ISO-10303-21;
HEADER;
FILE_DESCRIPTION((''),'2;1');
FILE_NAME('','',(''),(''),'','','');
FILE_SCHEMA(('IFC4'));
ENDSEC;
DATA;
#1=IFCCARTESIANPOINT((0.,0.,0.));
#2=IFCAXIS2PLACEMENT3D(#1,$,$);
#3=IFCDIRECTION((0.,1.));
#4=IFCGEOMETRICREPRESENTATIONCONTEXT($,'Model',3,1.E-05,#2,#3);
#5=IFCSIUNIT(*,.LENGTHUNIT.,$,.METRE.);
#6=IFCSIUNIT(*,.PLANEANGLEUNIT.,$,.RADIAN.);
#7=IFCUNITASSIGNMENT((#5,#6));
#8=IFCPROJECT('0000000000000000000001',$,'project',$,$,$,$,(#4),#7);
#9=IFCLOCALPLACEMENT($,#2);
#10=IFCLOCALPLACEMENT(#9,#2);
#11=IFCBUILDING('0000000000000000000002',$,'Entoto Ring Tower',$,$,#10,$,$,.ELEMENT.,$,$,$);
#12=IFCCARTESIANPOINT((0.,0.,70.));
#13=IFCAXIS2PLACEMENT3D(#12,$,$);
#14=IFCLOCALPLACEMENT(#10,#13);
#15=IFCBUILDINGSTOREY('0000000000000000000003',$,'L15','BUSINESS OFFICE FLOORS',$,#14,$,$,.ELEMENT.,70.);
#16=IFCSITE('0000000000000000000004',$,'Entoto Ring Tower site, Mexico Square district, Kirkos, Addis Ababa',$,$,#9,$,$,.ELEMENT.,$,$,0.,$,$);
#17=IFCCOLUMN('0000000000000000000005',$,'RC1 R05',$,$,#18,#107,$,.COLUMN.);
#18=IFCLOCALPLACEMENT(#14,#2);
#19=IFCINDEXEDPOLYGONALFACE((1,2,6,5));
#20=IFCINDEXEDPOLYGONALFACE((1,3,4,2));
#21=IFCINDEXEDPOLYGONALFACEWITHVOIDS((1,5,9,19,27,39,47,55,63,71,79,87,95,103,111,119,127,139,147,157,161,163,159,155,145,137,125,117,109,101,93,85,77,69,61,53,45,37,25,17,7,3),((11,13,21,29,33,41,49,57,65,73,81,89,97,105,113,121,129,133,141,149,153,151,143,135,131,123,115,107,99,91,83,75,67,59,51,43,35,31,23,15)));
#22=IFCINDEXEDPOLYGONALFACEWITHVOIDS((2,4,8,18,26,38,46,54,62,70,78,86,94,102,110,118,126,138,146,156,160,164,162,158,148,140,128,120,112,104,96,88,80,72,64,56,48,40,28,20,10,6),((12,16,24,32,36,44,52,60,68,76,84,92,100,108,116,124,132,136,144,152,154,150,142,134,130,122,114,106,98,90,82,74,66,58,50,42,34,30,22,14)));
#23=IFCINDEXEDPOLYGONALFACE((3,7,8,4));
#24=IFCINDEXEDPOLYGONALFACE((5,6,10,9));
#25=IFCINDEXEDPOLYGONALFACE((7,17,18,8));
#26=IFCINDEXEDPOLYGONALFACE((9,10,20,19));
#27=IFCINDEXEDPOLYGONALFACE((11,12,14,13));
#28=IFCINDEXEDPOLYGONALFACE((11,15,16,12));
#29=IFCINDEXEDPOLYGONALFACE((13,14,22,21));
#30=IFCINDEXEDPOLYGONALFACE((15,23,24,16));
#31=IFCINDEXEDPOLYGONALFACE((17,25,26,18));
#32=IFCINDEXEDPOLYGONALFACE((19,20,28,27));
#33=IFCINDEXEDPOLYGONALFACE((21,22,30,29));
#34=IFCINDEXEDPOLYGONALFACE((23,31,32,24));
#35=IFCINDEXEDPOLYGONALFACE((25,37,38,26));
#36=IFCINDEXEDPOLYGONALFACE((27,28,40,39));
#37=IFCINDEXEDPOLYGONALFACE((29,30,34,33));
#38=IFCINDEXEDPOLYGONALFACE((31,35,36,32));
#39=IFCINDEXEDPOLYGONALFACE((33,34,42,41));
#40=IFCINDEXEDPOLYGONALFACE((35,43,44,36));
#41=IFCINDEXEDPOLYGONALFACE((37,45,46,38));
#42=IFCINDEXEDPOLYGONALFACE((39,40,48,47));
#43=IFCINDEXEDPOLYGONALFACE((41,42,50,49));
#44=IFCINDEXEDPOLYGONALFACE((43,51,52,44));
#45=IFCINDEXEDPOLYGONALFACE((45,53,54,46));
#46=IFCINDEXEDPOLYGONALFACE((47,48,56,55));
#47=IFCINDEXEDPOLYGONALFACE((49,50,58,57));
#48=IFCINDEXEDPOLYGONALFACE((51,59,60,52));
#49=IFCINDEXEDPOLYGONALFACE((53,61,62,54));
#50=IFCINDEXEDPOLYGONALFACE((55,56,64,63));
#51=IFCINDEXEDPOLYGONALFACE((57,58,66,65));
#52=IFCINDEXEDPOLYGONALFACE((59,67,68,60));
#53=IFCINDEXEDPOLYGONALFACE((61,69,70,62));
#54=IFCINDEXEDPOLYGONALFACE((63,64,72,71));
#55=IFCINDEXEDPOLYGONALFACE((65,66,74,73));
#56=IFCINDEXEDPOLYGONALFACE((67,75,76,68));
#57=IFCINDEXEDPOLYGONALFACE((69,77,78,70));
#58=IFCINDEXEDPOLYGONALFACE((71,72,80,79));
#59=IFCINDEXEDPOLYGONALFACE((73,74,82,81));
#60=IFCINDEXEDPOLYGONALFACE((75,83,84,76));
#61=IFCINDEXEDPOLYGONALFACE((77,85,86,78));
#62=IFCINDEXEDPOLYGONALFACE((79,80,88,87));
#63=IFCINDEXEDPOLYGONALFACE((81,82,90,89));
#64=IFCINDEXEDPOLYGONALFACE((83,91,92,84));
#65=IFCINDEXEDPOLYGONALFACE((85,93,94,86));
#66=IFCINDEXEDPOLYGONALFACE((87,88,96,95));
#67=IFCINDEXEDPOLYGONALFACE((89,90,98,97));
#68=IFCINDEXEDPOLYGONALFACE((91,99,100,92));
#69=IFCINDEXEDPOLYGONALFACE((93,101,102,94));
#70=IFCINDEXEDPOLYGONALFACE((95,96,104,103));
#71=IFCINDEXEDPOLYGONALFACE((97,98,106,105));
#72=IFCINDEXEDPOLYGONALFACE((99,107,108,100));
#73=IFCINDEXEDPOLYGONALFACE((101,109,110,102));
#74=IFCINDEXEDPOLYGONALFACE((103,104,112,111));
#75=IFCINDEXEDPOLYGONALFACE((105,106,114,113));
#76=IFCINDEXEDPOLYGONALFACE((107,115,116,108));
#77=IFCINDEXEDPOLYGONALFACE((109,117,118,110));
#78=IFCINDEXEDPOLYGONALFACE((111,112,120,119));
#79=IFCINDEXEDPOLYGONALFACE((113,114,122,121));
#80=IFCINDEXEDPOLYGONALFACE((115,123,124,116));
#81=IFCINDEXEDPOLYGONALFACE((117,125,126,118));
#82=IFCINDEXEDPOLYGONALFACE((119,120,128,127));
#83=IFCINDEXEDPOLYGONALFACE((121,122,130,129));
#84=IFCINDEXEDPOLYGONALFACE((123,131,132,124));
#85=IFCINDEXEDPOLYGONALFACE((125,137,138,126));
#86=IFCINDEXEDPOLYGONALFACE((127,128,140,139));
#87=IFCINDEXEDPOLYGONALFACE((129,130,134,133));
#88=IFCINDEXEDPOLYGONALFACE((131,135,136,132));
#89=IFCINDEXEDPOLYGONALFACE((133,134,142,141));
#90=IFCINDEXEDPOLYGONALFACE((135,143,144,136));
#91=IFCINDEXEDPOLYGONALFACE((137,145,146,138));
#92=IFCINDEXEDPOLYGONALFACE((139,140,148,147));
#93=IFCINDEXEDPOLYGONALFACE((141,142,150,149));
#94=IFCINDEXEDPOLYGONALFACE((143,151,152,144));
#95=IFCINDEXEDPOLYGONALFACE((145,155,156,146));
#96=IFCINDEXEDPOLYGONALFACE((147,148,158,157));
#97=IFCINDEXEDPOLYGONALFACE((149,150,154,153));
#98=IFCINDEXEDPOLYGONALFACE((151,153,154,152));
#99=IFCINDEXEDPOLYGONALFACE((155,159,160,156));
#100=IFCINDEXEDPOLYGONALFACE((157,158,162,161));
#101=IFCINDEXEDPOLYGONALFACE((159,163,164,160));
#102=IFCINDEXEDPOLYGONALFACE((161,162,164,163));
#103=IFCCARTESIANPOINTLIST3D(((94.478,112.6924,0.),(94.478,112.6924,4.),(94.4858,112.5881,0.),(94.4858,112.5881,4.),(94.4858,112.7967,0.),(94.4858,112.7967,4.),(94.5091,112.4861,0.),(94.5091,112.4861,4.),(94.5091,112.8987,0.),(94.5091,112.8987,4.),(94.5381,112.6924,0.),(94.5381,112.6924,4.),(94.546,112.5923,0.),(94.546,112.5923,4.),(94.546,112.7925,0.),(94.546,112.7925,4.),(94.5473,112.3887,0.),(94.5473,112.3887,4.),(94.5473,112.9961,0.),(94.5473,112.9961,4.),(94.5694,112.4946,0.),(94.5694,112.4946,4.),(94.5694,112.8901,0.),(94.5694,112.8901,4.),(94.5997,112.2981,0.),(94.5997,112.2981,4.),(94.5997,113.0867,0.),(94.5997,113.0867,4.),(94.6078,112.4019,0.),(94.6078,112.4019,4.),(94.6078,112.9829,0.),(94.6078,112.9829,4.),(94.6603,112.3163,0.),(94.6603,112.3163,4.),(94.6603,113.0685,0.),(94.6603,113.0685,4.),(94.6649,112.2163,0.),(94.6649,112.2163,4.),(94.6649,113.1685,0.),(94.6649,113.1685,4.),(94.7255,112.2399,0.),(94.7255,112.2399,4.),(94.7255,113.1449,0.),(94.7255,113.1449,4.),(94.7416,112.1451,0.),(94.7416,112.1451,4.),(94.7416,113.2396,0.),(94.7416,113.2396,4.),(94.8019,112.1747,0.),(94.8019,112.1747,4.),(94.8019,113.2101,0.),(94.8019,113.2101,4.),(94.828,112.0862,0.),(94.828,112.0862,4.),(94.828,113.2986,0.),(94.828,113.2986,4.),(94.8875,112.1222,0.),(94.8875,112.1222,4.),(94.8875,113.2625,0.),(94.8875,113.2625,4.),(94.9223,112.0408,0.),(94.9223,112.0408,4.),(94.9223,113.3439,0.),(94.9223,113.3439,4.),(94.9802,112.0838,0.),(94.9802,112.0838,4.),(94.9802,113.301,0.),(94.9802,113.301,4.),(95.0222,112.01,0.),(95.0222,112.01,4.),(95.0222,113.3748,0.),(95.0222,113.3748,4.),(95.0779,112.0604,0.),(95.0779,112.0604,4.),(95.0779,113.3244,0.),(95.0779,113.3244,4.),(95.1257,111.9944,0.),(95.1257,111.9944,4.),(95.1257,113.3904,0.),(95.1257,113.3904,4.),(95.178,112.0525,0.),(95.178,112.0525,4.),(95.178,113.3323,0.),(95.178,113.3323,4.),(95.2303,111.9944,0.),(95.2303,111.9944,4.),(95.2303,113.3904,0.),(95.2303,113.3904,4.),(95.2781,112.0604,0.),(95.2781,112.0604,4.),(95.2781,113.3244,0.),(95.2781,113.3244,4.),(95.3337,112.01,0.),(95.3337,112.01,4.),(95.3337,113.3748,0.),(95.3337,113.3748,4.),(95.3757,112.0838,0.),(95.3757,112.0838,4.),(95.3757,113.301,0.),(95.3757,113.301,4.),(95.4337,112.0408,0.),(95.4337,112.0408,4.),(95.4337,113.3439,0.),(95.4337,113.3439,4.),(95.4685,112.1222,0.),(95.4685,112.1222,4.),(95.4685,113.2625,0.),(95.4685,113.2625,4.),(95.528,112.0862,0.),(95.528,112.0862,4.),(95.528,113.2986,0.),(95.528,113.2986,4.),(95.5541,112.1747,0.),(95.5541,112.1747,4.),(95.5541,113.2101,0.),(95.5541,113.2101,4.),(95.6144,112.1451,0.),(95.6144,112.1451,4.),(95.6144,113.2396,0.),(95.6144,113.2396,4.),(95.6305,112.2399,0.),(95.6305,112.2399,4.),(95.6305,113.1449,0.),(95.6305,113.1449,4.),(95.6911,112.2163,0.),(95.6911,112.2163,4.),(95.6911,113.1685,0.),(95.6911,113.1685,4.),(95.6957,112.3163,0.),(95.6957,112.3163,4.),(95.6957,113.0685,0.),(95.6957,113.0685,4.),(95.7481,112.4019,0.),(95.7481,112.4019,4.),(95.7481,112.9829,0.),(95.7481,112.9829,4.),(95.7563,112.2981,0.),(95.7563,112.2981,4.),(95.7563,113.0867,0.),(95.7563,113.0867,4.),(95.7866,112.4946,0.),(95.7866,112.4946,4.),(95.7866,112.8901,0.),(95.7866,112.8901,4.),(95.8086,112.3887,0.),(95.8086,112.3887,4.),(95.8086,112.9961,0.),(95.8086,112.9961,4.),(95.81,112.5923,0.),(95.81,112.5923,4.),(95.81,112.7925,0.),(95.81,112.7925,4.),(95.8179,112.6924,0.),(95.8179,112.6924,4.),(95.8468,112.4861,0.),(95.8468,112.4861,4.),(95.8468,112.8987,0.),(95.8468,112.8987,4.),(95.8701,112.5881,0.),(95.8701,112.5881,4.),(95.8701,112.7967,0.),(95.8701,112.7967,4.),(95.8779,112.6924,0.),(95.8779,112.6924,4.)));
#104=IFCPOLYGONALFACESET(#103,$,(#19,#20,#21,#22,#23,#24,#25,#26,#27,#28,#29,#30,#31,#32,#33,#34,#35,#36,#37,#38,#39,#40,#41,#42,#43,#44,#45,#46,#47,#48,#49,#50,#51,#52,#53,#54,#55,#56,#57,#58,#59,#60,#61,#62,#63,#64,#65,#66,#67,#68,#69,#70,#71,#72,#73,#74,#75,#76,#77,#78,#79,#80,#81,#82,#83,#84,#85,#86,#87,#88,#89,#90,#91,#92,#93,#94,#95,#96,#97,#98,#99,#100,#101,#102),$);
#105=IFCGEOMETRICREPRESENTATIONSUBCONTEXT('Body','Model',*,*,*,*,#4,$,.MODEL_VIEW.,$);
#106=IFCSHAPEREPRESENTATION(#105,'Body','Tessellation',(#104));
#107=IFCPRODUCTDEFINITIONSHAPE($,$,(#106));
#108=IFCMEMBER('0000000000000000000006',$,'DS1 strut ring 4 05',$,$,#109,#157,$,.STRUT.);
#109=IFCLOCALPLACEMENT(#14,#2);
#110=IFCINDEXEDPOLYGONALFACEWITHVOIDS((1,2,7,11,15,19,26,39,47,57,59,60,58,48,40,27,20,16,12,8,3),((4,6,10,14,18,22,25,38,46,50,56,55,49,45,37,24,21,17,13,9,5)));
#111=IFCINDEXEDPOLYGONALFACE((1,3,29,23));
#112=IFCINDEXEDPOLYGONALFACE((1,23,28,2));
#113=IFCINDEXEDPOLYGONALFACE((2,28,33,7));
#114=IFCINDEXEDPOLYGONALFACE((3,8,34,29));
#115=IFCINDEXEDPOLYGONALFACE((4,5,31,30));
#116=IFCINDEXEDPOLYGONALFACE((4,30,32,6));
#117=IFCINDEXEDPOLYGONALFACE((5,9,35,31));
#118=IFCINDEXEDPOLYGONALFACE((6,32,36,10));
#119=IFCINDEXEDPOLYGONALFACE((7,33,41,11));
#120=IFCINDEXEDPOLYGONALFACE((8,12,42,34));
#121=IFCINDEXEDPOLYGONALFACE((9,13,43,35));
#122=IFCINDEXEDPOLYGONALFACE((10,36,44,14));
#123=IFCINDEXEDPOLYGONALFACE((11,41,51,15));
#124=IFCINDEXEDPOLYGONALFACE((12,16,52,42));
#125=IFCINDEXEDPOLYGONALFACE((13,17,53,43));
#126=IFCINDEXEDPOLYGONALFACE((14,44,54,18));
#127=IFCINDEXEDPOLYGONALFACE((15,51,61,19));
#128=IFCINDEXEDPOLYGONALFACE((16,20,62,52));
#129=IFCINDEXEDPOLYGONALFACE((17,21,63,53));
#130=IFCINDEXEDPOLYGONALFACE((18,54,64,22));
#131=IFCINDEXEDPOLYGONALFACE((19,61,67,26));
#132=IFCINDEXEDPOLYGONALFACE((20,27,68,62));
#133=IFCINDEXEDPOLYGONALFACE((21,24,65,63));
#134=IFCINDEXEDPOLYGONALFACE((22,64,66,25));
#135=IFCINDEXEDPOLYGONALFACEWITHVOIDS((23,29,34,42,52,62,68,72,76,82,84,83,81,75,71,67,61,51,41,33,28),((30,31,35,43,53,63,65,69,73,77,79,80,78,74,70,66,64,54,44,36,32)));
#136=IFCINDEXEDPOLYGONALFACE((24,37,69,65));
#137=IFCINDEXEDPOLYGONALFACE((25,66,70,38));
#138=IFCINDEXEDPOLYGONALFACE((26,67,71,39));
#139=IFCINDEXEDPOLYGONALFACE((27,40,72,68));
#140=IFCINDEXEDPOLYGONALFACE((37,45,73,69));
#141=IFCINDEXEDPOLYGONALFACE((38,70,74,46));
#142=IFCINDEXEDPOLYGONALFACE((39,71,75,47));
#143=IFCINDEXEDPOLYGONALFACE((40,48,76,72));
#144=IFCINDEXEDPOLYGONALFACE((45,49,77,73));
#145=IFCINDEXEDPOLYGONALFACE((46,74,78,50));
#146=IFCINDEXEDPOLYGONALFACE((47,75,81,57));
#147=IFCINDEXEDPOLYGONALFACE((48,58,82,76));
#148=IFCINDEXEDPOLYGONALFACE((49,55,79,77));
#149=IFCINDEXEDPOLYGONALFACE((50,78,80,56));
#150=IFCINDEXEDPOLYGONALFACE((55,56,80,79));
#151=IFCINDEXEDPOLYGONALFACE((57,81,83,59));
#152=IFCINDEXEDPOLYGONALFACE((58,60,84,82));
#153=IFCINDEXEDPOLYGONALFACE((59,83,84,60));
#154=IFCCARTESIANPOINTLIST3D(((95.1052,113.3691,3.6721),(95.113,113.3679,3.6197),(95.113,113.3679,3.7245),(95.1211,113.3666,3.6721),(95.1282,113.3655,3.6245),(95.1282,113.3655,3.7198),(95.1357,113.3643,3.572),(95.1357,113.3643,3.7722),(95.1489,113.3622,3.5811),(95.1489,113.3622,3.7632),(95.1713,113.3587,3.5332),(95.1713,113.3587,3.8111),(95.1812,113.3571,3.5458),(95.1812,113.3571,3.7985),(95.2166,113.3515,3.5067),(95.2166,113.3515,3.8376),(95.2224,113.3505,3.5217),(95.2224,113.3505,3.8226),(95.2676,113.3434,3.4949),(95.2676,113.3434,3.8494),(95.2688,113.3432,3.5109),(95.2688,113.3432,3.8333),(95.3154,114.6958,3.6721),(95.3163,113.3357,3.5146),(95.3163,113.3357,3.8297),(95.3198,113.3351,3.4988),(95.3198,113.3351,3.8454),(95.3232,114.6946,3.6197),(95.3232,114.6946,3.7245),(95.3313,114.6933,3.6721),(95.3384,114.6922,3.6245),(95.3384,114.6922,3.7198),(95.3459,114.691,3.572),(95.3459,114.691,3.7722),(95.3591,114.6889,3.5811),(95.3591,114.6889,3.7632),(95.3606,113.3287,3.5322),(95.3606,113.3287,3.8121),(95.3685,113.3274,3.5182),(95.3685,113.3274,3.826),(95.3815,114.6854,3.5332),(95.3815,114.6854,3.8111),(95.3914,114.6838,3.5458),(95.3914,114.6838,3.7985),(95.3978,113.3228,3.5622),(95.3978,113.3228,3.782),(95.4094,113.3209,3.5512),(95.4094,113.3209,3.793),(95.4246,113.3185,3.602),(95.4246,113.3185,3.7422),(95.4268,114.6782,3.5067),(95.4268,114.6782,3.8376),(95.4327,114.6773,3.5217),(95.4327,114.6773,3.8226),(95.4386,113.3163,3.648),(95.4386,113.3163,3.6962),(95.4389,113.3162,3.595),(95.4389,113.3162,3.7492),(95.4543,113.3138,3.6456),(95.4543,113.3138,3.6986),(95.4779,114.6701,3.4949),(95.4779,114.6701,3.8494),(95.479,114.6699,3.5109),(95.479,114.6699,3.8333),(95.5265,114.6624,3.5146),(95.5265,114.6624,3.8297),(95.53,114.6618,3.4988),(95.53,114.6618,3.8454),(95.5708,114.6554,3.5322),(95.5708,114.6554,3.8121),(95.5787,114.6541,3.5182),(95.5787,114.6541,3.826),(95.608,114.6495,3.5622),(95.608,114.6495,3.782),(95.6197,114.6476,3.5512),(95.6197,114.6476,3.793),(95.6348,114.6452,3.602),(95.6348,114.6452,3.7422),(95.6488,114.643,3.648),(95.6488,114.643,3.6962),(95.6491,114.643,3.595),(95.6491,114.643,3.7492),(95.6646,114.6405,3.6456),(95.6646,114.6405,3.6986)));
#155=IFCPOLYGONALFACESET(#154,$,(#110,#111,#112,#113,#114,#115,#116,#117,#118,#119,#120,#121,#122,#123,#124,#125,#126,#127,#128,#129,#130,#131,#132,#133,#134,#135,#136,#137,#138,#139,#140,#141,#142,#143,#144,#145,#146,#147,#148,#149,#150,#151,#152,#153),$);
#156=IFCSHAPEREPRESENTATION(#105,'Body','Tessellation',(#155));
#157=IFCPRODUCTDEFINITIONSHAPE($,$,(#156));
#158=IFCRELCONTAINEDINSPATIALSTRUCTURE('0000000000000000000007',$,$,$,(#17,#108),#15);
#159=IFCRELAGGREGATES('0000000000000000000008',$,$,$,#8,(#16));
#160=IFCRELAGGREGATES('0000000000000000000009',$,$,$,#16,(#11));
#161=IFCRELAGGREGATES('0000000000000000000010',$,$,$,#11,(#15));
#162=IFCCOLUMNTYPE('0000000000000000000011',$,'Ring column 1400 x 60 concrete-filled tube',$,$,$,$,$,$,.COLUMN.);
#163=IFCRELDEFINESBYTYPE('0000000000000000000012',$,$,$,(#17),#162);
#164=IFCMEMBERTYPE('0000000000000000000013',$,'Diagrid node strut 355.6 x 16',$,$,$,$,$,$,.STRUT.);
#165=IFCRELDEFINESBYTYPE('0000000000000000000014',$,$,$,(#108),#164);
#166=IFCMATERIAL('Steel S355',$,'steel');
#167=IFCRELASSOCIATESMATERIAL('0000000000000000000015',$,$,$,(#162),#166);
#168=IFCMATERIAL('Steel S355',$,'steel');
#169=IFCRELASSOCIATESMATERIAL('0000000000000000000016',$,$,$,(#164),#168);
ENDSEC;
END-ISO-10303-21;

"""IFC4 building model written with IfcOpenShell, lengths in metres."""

from ifc_helpers import new_model, si_unit, direction, frame, origin, origin_2d, place, context, subcontext, project, spatial, circle, hollow_circle, extrude, material, material_profile, profile_set, type_object, element, save


model = new_model("IFC4")

# Units and contexts
model_context = context("Model", 3, precision=1e-05, world=origin(), true_north=direction((0.0, 1.0)))
body_context = subcontext(model_context, "Body", "Model", "MODEL_VIEW")
ifc_project = project(units=[si_unit("LENGTHUNIT", "METRE"), si_unit("PLANEANGLEUNIT", "RADIAN")], contexts=[model_context])

# Site, building, storey
site_placement = place(None, origin())
site = spatial("IfcSite", under=ifc_project, at=site_placement, Name="Entoto Ring Tower site, Mexico Square district, Kirkos, Addis Ababa", CompositionType="ELEMENT", RefElevation=0.0)
building_placement = place(site_placement, origin())
building = spatial("IfcBuilding", under=site, at=building_placement, Name="Entoto Ring Tower", CompositionType="ELEMENT")
storey_placement = place(building_placement, frame((0.0, 0.0, 70.0)))
storey = spatial("IfcBuildingStorey", under=building, at=storey_placement, Name="L15", Description="BUSINESS OFFICE FLOORS", CompositionType="ELEMENT", Elevation=70.0)

# Column
ifc_material_1 = material(Name="Steel S355", Category="steel")
ifc_material_profile_1 = material_profile(ifc_material_1, hollow_circle(Radius=0.7, WallThickness=0.0601, at=origin_2d()), Name="CHS 1400 x 60")
ifc_material_2 = material(Name="Concrete C60/75", Category="concrete")
ifc_material_profile_2 = material_profile(ifc_material_2, circle(Radius=0.6399, at=origin_2d()), Name="Concrete C60/75 infill")
ifc_profile_set_1 = profile_set([ifc_material_profile_1, ifc_material_profile_2], Name="Steel S355")
column_type = type_object("IfcColumnType", Name="Ring column 1400 x 60 concrete-filled tube", PredefinedType="COLUMN", material=ifc_profile_set_1)
column_placement = place(storey_placement, frame((95.178, 112.6924, 0.0), z_axis=(0.0, 0.0, 1.0), x_axis=(1.0, 0.0, 0.0)))
element("IfcColumn", 1, at=column_placement, inside=storey, type_object=column_type, Name="RC1 R05", PredefinedType="COLUMN", context=body_context, shape_type="SweptSolid", body=[
    extrude(hollow_circle(Radius=0.7, WallThickness=0.0601, at=origin_2d()), origin(), (0.0, 0.0, 1.0), 4.0),
])

# Member
ifc_material_3 = material(Name="Steel S355", Category="steel")
ifc_material_profile_3 = material_profile(ifc_material_3, hollow_circle(Radius=0.1777, WallThickness=0.0161, at=origin_2d()), Name="CHS 355.6 x 16")
ifc_material_4 = material(Name="Concrete C60/75", Category="concrete")
ifc_material_profile_4 = material_profile(ifc_material_4, circle(Radius=0.1619, at=origin_2d()), Name="Concrete C60/75 infill")
ifc_profile_set_2 = profile_set([ifc_material_profile_3, ifc_material_profile_4], Name="Steel S355")
member_type = type_object("IfcMemberType", Name="Diagrid node strut 355.6 x 16", PredefinedType="STRUT", material=ifc_profile_set_2)
member_placement = place(storey_placement, frame((95.2808, 113.3413, 3.6721), z_axis=(0.156495, 0.987679, 0.0), x_axis=(-0.987679, 0.156495, 0.0)))
element("IfcMember", 2, at=member_placement, inside=storey, type_object=member_type, Name="DS1 strut ring 4 05", PredefinedType="STRUT", context=body_context, shape_type="SweptSolid", body=[
    extrude(hollow_circle(Radius=0.1777, WallThickness=0.0161, at=origin_2d()), origin(), (0.0, 0.0, 1.0), 1.3433),
])

save(model, "model.ifc")
